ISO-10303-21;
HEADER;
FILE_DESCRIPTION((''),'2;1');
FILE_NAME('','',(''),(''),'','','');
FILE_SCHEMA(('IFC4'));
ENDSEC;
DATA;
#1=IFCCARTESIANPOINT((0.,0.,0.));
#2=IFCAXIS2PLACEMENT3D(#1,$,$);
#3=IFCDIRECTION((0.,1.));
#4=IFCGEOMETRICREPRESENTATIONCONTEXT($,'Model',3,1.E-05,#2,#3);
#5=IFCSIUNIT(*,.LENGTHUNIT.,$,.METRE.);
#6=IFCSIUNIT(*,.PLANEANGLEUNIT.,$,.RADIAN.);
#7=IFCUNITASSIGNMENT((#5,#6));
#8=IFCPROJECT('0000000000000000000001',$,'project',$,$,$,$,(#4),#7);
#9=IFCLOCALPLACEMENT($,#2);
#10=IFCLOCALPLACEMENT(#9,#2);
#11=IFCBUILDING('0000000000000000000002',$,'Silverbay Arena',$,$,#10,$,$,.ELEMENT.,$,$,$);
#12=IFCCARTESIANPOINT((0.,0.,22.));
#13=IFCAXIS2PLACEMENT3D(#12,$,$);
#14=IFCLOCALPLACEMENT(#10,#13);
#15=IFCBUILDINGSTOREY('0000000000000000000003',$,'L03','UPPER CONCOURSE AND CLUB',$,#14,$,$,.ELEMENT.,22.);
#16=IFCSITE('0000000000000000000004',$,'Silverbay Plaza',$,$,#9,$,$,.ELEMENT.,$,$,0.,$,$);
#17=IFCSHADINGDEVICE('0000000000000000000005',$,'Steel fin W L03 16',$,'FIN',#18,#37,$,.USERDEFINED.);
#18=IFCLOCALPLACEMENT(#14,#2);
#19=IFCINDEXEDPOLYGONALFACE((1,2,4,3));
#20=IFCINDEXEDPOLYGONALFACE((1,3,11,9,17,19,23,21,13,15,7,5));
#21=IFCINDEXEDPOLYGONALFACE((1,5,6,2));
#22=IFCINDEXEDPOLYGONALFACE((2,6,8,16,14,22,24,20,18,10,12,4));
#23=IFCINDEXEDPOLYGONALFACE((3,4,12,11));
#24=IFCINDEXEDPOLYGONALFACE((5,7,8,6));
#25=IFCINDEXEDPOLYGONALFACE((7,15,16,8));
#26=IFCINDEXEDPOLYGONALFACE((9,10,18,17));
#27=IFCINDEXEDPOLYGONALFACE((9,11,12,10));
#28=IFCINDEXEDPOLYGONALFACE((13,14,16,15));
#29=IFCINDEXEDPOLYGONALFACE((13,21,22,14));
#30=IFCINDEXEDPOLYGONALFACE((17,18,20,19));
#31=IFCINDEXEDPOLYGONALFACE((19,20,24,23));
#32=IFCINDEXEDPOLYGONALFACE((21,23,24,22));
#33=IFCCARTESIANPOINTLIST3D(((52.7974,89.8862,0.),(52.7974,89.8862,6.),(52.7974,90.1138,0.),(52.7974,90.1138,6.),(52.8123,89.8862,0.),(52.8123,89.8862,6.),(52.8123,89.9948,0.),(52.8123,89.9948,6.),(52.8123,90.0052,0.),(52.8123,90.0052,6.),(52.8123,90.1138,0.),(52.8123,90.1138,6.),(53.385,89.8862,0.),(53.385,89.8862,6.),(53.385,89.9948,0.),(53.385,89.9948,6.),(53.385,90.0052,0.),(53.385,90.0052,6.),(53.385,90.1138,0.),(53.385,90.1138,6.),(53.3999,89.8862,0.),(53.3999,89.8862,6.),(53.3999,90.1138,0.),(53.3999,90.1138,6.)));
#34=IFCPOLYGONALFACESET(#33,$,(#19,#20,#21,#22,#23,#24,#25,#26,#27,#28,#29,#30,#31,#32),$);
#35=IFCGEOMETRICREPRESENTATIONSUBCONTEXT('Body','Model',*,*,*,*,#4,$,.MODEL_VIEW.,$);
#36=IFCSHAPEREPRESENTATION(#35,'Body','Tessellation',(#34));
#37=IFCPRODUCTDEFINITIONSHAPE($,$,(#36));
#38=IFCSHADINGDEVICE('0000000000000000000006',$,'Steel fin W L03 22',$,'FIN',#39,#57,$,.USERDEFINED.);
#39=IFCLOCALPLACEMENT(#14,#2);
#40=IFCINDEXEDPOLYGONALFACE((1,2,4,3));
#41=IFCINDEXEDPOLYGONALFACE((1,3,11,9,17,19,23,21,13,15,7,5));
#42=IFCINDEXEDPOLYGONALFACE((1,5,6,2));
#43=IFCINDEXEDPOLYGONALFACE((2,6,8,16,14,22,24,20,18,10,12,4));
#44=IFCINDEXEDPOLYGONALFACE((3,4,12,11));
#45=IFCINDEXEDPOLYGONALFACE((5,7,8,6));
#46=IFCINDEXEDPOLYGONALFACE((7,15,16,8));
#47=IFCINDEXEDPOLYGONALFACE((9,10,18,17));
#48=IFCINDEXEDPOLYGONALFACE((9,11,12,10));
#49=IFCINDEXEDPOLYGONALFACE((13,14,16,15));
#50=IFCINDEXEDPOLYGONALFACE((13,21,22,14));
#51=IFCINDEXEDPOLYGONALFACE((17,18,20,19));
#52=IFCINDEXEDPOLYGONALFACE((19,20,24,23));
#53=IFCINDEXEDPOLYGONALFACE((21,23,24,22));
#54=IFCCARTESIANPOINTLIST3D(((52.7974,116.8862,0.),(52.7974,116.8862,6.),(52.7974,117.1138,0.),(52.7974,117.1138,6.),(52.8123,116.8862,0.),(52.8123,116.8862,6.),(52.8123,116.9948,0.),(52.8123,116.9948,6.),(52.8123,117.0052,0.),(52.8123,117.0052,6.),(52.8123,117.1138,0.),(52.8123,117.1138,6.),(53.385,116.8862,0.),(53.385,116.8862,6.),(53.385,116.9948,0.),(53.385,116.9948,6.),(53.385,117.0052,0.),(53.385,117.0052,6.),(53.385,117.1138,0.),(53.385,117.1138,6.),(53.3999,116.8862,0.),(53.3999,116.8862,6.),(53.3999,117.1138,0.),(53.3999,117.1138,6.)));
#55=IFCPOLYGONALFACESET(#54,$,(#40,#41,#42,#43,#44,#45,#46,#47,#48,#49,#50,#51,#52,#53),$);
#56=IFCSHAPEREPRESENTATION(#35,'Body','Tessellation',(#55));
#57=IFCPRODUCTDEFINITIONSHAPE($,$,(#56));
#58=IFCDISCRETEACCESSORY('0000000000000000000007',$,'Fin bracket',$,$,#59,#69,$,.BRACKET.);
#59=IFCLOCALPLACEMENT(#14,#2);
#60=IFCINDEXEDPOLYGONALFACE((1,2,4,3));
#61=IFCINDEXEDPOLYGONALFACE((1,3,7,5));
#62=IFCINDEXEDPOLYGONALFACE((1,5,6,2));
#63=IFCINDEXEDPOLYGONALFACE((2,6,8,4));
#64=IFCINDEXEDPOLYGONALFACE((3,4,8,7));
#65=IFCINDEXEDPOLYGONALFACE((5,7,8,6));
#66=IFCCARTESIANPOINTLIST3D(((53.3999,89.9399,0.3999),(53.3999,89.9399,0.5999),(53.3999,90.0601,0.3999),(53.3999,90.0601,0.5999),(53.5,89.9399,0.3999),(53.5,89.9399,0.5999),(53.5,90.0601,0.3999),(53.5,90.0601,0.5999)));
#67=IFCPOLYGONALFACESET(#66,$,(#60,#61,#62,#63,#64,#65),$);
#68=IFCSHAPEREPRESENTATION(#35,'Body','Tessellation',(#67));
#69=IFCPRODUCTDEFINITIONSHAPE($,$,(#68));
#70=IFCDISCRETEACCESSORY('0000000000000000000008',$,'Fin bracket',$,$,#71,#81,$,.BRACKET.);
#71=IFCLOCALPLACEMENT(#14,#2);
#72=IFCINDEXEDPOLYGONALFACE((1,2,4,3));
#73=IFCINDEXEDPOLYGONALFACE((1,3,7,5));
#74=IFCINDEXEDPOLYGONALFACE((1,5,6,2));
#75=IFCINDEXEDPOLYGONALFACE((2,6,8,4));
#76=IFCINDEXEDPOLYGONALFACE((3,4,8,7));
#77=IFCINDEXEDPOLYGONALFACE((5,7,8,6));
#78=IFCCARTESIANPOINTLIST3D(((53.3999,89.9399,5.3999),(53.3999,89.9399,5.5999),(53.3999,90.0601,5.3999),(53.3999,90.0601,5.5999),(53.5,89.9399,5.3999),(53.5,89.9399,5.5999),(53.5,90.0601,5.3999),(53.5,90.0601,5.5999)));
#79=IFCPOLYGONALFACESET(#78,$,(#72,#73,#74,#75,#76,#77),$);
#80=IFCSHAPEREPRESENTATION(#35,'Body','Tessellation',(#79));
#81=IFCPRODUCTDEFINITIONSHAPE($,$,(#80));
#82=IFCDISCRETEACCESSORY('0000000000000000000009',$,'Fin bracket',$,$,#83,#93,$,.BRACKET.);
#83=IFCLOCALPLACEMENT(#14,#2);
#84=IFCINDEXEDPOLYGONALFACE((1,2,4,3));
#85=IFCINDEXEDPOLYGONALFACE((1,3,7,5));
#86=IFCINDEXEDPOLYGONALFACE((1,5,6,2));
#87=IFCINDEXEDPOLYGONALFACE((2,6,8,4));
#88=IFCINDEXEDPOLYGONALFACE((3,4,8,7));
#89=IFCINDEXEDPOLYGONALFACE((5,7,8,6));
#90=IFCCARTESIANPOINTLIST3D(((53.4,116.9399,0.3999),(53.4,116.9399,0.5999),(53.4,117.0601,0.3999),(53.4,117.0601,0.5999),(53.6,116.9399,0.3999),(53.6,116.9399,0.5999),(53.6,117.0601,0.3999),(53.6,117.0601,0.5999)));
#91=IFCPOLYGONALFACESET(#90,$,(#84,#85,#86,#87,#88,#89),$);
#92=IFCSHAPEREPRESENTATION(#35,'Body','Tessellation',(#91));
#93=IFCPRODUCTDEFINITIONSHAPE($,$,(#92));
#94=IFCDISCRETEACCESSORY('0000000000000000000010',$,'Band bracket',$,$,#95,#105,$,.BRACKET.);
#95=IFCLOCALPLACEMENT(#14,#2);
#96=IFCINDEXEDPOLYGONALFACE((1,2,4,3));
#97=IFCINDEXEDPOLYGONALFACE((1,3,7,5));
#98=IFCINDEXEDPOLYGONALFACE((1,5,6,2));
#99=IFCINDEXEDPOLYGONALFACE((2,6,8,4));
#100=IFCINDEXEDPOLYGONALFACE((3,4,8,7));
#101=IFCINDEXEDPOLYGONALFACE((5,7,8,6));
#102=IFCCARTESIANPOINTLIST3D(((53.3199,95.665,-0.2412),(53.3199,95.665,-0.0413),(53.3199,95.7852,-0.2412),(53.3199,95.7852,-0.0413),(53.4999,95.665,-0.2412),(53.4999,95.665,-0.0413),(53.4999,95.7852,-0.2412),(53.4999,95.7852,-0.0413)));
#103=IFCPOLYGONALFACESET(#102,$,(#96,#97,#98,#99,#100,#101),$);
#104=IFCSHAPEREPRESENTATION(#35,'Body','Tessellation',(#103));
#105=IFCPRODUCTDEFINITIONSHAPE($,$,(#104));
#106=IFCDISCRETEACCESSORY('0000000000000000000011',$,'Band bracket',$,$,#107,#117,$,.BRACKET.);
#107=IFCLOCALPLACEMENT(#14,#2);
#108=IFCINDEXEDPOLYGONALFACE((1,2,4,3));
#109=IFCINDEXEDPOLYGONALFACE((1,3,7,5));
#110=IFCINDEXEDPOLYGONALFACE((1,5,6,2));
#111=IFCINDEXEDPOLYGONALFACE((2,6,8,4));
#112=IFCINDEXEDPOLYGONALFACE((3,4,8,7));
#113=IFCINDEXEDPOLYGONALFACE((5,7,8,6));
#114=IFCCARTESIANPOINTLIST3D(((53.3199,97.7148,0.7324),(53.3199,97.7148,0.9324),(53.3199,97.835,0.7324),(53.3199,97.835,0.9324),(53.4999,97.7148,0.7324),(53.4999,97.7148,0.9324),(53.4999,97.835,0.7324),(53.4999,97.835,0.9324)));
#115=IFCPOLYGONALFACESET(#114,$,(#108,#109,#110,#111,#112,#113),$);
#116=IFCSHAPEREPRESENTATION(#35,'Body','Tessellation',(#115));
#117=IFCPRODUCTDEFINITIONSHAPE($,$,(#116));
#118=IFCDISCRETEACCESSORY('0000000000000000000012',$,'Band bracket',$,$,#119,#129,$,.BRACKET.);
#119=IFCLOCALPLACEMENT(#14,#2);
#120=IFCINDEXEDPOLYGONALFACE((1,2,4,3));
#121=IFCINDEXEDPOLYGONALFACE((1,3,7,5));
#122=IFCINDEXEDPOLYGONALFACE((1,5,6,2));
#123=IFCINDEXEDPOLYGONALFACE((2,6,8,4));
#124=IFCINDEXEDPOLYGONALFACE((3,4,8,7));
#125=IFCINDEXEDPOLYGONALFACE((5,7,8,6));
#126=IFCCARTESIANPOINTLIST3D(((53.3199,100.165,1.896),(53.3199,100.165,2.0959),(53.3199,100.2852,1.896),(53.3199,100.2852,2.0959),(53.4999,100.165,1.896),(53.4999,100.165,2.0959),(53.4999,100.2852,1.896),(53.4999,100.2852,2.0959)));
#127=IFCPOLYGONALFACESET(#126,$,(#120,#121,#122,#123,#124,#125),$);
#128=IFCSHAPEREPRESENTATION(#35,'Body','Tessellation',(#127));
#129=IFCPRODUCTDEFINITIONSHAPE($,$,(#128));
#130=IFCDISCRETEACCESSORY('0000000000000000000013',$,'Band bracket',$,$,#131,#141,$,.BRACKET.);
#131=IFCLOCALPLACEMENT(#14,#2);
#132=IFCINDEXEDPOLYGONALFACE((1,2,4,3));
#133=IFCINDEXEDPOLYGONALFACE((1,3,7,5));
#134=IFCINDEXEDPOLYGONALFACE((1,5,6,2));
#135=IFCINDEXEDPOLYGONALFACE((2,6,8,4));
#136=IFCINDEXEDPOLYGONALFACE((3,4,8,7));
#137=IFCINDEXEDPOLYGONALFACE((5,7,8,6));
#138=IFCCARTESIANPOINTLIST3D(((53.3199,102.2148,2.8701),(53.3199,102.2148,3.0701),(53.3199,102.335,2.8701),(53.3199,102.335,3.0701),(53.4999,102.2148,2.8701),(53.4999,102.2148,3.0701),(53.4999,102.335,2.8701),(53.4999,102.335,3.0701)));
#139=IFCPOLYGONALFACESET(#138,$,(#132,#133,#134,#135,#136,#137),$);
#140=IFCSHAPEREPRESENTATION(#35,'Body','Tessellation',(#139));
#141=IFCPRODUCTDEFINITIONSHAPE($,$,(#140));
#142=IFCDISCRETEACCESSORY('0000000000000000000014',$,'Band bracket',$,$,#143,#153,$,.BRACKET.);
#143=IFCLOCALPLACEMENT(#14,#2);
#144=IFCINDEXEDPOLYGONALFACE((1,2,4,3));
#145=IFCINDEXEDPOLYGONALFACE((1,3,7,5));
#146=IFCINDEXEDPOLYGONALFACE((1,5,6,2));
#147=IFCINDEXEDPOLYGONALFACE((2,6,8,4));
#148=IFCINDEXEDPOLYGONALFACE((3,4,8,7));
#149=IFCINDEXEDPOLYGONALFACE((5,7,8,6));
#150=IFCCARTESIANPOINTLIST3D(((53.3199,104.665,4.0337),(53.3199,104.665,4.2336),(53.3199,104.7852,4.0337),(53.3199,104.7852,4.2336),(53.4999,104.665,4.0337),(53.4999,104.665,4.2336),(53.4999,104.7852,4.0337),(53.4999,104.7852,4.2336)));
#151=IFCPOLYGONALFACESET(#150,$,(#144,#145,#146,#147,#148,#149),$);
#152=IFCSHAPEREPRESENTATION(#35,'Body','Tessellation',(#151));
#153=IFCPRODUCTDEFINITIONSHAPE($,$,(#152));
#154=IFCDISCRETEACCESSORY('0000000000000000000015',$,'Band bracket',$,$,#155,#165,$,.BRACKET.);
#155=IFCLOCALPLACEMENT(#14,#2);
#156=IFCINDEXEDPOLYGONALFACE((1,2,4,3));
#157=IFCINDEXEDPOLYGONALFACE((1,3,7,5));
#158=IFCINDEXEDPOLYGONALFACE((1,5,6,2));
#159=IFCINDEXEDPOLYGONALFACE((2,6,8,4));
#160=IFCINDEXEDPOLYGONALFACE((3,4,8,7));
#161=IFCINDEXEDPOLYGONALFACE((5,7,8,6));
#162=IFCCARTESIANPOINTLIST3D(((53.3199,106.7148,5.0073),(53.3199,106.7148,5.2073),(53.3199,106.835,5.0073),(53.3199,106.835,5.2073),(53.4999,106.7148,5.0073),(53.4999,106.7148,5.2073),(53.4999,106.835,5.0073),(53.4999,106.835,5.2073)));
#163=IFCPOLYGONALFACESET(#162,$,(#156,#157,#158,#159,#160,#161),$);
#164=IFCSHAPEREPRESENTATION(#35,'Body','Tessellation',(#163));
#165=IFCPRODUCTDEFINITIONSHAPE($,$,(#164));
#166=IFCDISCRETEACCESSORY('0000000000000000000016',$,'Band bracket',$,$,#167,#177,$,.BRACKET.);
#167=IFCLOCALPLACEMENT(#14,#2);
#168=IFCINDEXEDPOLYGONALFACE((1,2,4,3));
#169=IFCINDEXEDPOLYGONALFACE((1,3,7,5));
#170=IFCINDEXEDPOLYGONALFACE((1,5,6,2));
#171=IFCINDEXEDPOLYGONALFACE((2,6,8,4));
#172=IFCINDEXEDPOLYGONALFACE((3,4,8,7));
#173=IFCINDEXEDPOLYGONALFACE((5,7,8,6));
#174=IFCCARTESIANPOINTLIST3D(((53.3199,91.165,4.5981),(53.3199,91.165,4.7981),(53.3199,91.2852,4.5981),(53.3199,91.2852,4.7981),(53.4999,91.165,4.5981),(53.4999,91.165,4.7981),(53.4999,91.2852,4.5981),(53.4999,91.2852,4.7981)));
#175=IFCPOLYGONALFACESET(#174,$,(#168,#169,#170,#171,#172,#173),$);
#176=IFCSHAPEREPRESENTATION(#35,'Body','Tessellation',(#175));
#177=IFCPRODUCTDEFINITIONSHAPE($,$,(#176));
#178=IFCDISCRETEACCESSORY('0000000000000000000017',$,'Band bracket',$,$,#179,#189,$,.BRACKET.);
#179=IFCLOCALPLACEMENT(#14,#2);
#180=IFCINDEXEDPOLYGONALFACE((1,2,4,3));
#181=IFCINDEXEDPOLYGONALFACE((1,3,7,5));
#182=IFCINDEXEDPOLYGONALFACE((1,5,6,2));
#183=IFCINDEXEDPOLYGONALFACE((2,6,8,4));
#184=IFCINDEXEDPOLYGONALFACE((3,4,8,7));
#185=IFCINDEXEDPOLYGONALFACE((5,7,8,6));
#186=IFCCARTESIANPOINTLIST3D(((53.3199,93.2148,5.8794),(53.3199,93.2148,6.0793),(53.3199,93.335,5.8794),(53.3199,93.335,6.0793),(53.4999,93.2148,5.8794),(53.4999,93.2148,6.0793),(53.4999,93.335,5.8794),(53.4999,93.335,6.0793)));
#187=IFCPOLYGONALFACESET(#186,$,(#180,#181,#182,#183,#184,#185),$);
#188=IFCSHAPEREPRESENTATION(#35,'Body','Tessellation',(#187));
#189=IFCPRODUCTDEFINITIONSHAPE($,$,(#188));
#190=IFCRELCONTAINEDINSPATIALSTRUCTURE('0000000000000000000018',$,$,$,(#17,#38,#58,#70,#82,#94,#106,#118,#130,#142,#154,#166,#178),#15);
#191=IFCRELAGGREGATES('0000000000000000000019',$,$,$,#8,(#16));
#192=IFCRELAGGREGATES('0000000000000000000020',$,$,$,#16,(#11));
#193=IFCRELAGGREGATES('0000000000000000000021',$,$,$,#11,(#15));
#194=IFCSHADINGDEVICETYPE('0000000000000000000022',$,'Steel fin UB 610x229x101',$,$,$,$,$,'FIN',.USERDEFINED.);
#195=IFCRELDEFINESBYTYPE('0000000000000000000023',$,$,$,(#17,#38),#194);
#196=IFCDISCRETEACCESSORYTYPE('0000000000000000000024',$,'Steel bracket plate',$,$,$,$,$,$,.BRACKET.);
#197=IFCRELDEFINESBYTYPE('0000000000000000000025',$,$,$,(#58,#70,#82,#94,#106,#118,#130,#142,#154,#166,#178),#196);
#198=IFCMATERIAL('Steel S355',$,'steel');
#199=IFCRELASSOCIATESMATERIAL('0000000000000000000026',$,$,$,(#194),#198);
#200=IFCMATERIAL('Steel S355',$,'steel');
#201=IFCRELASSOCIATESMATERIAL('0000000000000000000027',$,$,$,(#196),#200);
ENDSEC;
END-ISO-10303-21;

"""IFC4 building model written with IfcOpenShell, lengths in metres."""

from ifc_helpers import new_model, si_unit, direction, frame, origin, origin_2d, place, context, subcontext, project, spatial, rectangle, i_section, extrude, material, material_profile, profile_set, type_object, element, save


model = new_model("IFC4")

# Units and contexts
model_context = context("Model", 3, precision=1e-05, world=origin(), true_north=direction((0.0, 1.0)))
body_context = subcontext(model_context, "Body", "Model", "MODEL_VIEW")
ifc_project = project(units=[si_unit("LENGTHUNIT", "METRE"), si_unit("PLANEANGLEUNIT", "RADIAN")], contexts=[model_context])

# Site, building, storey
site_placement = place(None, origin())
site = spatial("IfcSite", under=ifc_project, at=site_placement, Name="Silverbay Plaza", CompositionType="ELEMENT", RefElevation=0.0)
building_placement = place(site_placement, origin())
building = spatial("IfcBuilding", under=site, at=building_placement, Name="Silverbay Arena", CompositionType="ELEMENT")
storey_placement = place(building_placement, frame((0.0, 0.0, 22.0)))
storey = spatial("IfcBuildingStorey", under=building, at=storey_placement, Name="L03", Description="UPPER CONCOURSE AND CLUB", CompositionType="ELEMENT", Elevation=22.0)

# Shading devices
ifc_material_1 = material(Name="Steel S355", Category="steel")
ifc_material_profile_1 = material_profile(ifc_material_1, i_section(OverallWidth=0.2275, OverallDepth=0.6025, WebThickness=0.0105, FlangeThickness=0.0149, at=origin_2d()), Name="UB 610x229x101")
ifc_profile_set_1 = profile_set([ifc_material_profile_1], Name="Steel S355")
shading_device_type = type_object("IfcShadingDeviceType", Name="Steel fin UB 610x229x101", ElementType="FIN", PredefinedType="USERDEFINED", material=ifc_profile_set_1)
for number, where, z_axis, x_axis, name in (
    (1, (53.0986, 90.0, 0.0), (0.0, 0.0, 1.0), (0.0, 1.0, 0.0), "Steel fin W L03 16"),
    (2, (53.0986, 117.0, 0.0), (0.0, 0.0, 1.0), (0.0, 1.0, 0.0), "Steel fin W L03 22"),
):
    element("IfcShadingDevice", number, at=place(storey_placement, frame(where, z_axis=z_axis, x_axis=x_axis)), inside=storey, type_object=shading_device_type, Name=name, ObjectType="FIN", PredefinedType="USERDEFINED", context=body_context, shape_type="SweptSolid", body=[
        extrude(i_section(OverallWidth=0.2275, OverallDepth=0.6025, WebThickness=0.0105, FlangeThickness=0.0149, at=origin_2d()), origin(), (0.0, 0.0, 1.0), 6.0),
    ])

# Discrete accessories
ifc_material_2 = material(Name="Steel S355", Category="steel")
discrete_accessory_type = type_object("IfcDiscreteAccessoryType", Name="Steel bracket plate", PredefinedType="BRACKET", material=ifc_material_2)
for number, where, z_axis, x_axis, name in (
    (3, (53.45, 90.0, 0.3999), (0.0, 0.0, 1.0), (1.0, 0.0, 0.0), "Fin bracket"),
    (4, (53.45, 90.0, 5.3999), (0.0, 0.0, 1.0), (1.0, 0.0, 0.0), "Fin bracket"),
):
    element("IfcDiscreteAccessory", number, at=place(storey_placement, frame(where, z_axis=z_axis, x_axis=x_axis)), inside=storey, type_object=discrete_accessory_type, Name=name, PredefinedType="BRACKET", context=body_context, shape_type="SweptSolid", body=[
        extrude(rectangle(XDim=0.1001, YDim=0.1201, at=origin_2d()), origin(), (0.0, 0.0, 1.0), 0.2),
    ])
discrete_accessory_placement = place(storey_placement, frame((53.5, 117.0, 0.3999), z_axis=(0.0, 0.0, 1.0), x_axis=(1.0, 0.0, 0.0)))
element("IfcDiscreteAccessory", 5, at=discrete_accessory_placement, inside=storey, type_object=discrete_accessory_type, Name="Fin bracket", PredefinedType="BRACKET", context=body_context, shape_type="SweptSolid", body=[
    extrude(rectangle(XDim=0.2, YDim=0.1201, at=origin_2d()), origin(), (0.0, 0.0, 1.0), 0.2),
])
for number, where, z_axis, x_axis, name in (
    (6, (53.4099, 95.7251, -0.2412), (0.0, 0.0, 1.0), (1.0, 0.0, 0.0), "Band bracket"),
    (7, (53.4099, 97.7749, 0.7324), (0.0, 0.0, 1.0), (1.0, 0.0, 0.0), "Band bracket"),
    (8, (53.4099, 100.2251, 1.896), (0.0, 0.0, 1.0), (1.0, 0.0, 0.0), "Band bracket"),
    (9, (53.4099, 102.2749, 2.8701), (0.0, 0.0, 1.0), (1.0, 0.0, 0.0), "Band bracket"),
    (10, (53.4099, 104.7251, 4.0337), (0.0, 0.0, 1.0), (1.0, 0.0, 0.0), "Band bracket"),
    (11, (53.4099, 106.7749, 5.0073), (0.0, 0.0, 1.0), (1.0, 0.0, 0.0), "Band bracket"),
    (12, (53.4099, 91.2251, 4.5981), (0.0, 0.0, 1.0), (1.0, 0.0, 0.0), "Band bracket"),
    (13, (53.4099, 93.2749, 5.8794), (0.0, 0.0, 1.0), (1.0, 0.0, 0.0), "Band bracket"),
):
    element("IfcDiscreteAccessory", number, at=place(storey_placement, frame(where, z_axis=z_axis, x_axis=x_axis)), inside=storey, type_object=discrete_accessory_type, Name=name, PredefinedType="BRACKET", context=body_context, shape_type="SweptSolid", body=[
        extrude(rectangle(XDim=0.1799, YDim=0.1201, at=origin_2d()), origin(), (0.0, 0.0, 1.0), 0.2),
    ])

save(model, "model.ifc")
